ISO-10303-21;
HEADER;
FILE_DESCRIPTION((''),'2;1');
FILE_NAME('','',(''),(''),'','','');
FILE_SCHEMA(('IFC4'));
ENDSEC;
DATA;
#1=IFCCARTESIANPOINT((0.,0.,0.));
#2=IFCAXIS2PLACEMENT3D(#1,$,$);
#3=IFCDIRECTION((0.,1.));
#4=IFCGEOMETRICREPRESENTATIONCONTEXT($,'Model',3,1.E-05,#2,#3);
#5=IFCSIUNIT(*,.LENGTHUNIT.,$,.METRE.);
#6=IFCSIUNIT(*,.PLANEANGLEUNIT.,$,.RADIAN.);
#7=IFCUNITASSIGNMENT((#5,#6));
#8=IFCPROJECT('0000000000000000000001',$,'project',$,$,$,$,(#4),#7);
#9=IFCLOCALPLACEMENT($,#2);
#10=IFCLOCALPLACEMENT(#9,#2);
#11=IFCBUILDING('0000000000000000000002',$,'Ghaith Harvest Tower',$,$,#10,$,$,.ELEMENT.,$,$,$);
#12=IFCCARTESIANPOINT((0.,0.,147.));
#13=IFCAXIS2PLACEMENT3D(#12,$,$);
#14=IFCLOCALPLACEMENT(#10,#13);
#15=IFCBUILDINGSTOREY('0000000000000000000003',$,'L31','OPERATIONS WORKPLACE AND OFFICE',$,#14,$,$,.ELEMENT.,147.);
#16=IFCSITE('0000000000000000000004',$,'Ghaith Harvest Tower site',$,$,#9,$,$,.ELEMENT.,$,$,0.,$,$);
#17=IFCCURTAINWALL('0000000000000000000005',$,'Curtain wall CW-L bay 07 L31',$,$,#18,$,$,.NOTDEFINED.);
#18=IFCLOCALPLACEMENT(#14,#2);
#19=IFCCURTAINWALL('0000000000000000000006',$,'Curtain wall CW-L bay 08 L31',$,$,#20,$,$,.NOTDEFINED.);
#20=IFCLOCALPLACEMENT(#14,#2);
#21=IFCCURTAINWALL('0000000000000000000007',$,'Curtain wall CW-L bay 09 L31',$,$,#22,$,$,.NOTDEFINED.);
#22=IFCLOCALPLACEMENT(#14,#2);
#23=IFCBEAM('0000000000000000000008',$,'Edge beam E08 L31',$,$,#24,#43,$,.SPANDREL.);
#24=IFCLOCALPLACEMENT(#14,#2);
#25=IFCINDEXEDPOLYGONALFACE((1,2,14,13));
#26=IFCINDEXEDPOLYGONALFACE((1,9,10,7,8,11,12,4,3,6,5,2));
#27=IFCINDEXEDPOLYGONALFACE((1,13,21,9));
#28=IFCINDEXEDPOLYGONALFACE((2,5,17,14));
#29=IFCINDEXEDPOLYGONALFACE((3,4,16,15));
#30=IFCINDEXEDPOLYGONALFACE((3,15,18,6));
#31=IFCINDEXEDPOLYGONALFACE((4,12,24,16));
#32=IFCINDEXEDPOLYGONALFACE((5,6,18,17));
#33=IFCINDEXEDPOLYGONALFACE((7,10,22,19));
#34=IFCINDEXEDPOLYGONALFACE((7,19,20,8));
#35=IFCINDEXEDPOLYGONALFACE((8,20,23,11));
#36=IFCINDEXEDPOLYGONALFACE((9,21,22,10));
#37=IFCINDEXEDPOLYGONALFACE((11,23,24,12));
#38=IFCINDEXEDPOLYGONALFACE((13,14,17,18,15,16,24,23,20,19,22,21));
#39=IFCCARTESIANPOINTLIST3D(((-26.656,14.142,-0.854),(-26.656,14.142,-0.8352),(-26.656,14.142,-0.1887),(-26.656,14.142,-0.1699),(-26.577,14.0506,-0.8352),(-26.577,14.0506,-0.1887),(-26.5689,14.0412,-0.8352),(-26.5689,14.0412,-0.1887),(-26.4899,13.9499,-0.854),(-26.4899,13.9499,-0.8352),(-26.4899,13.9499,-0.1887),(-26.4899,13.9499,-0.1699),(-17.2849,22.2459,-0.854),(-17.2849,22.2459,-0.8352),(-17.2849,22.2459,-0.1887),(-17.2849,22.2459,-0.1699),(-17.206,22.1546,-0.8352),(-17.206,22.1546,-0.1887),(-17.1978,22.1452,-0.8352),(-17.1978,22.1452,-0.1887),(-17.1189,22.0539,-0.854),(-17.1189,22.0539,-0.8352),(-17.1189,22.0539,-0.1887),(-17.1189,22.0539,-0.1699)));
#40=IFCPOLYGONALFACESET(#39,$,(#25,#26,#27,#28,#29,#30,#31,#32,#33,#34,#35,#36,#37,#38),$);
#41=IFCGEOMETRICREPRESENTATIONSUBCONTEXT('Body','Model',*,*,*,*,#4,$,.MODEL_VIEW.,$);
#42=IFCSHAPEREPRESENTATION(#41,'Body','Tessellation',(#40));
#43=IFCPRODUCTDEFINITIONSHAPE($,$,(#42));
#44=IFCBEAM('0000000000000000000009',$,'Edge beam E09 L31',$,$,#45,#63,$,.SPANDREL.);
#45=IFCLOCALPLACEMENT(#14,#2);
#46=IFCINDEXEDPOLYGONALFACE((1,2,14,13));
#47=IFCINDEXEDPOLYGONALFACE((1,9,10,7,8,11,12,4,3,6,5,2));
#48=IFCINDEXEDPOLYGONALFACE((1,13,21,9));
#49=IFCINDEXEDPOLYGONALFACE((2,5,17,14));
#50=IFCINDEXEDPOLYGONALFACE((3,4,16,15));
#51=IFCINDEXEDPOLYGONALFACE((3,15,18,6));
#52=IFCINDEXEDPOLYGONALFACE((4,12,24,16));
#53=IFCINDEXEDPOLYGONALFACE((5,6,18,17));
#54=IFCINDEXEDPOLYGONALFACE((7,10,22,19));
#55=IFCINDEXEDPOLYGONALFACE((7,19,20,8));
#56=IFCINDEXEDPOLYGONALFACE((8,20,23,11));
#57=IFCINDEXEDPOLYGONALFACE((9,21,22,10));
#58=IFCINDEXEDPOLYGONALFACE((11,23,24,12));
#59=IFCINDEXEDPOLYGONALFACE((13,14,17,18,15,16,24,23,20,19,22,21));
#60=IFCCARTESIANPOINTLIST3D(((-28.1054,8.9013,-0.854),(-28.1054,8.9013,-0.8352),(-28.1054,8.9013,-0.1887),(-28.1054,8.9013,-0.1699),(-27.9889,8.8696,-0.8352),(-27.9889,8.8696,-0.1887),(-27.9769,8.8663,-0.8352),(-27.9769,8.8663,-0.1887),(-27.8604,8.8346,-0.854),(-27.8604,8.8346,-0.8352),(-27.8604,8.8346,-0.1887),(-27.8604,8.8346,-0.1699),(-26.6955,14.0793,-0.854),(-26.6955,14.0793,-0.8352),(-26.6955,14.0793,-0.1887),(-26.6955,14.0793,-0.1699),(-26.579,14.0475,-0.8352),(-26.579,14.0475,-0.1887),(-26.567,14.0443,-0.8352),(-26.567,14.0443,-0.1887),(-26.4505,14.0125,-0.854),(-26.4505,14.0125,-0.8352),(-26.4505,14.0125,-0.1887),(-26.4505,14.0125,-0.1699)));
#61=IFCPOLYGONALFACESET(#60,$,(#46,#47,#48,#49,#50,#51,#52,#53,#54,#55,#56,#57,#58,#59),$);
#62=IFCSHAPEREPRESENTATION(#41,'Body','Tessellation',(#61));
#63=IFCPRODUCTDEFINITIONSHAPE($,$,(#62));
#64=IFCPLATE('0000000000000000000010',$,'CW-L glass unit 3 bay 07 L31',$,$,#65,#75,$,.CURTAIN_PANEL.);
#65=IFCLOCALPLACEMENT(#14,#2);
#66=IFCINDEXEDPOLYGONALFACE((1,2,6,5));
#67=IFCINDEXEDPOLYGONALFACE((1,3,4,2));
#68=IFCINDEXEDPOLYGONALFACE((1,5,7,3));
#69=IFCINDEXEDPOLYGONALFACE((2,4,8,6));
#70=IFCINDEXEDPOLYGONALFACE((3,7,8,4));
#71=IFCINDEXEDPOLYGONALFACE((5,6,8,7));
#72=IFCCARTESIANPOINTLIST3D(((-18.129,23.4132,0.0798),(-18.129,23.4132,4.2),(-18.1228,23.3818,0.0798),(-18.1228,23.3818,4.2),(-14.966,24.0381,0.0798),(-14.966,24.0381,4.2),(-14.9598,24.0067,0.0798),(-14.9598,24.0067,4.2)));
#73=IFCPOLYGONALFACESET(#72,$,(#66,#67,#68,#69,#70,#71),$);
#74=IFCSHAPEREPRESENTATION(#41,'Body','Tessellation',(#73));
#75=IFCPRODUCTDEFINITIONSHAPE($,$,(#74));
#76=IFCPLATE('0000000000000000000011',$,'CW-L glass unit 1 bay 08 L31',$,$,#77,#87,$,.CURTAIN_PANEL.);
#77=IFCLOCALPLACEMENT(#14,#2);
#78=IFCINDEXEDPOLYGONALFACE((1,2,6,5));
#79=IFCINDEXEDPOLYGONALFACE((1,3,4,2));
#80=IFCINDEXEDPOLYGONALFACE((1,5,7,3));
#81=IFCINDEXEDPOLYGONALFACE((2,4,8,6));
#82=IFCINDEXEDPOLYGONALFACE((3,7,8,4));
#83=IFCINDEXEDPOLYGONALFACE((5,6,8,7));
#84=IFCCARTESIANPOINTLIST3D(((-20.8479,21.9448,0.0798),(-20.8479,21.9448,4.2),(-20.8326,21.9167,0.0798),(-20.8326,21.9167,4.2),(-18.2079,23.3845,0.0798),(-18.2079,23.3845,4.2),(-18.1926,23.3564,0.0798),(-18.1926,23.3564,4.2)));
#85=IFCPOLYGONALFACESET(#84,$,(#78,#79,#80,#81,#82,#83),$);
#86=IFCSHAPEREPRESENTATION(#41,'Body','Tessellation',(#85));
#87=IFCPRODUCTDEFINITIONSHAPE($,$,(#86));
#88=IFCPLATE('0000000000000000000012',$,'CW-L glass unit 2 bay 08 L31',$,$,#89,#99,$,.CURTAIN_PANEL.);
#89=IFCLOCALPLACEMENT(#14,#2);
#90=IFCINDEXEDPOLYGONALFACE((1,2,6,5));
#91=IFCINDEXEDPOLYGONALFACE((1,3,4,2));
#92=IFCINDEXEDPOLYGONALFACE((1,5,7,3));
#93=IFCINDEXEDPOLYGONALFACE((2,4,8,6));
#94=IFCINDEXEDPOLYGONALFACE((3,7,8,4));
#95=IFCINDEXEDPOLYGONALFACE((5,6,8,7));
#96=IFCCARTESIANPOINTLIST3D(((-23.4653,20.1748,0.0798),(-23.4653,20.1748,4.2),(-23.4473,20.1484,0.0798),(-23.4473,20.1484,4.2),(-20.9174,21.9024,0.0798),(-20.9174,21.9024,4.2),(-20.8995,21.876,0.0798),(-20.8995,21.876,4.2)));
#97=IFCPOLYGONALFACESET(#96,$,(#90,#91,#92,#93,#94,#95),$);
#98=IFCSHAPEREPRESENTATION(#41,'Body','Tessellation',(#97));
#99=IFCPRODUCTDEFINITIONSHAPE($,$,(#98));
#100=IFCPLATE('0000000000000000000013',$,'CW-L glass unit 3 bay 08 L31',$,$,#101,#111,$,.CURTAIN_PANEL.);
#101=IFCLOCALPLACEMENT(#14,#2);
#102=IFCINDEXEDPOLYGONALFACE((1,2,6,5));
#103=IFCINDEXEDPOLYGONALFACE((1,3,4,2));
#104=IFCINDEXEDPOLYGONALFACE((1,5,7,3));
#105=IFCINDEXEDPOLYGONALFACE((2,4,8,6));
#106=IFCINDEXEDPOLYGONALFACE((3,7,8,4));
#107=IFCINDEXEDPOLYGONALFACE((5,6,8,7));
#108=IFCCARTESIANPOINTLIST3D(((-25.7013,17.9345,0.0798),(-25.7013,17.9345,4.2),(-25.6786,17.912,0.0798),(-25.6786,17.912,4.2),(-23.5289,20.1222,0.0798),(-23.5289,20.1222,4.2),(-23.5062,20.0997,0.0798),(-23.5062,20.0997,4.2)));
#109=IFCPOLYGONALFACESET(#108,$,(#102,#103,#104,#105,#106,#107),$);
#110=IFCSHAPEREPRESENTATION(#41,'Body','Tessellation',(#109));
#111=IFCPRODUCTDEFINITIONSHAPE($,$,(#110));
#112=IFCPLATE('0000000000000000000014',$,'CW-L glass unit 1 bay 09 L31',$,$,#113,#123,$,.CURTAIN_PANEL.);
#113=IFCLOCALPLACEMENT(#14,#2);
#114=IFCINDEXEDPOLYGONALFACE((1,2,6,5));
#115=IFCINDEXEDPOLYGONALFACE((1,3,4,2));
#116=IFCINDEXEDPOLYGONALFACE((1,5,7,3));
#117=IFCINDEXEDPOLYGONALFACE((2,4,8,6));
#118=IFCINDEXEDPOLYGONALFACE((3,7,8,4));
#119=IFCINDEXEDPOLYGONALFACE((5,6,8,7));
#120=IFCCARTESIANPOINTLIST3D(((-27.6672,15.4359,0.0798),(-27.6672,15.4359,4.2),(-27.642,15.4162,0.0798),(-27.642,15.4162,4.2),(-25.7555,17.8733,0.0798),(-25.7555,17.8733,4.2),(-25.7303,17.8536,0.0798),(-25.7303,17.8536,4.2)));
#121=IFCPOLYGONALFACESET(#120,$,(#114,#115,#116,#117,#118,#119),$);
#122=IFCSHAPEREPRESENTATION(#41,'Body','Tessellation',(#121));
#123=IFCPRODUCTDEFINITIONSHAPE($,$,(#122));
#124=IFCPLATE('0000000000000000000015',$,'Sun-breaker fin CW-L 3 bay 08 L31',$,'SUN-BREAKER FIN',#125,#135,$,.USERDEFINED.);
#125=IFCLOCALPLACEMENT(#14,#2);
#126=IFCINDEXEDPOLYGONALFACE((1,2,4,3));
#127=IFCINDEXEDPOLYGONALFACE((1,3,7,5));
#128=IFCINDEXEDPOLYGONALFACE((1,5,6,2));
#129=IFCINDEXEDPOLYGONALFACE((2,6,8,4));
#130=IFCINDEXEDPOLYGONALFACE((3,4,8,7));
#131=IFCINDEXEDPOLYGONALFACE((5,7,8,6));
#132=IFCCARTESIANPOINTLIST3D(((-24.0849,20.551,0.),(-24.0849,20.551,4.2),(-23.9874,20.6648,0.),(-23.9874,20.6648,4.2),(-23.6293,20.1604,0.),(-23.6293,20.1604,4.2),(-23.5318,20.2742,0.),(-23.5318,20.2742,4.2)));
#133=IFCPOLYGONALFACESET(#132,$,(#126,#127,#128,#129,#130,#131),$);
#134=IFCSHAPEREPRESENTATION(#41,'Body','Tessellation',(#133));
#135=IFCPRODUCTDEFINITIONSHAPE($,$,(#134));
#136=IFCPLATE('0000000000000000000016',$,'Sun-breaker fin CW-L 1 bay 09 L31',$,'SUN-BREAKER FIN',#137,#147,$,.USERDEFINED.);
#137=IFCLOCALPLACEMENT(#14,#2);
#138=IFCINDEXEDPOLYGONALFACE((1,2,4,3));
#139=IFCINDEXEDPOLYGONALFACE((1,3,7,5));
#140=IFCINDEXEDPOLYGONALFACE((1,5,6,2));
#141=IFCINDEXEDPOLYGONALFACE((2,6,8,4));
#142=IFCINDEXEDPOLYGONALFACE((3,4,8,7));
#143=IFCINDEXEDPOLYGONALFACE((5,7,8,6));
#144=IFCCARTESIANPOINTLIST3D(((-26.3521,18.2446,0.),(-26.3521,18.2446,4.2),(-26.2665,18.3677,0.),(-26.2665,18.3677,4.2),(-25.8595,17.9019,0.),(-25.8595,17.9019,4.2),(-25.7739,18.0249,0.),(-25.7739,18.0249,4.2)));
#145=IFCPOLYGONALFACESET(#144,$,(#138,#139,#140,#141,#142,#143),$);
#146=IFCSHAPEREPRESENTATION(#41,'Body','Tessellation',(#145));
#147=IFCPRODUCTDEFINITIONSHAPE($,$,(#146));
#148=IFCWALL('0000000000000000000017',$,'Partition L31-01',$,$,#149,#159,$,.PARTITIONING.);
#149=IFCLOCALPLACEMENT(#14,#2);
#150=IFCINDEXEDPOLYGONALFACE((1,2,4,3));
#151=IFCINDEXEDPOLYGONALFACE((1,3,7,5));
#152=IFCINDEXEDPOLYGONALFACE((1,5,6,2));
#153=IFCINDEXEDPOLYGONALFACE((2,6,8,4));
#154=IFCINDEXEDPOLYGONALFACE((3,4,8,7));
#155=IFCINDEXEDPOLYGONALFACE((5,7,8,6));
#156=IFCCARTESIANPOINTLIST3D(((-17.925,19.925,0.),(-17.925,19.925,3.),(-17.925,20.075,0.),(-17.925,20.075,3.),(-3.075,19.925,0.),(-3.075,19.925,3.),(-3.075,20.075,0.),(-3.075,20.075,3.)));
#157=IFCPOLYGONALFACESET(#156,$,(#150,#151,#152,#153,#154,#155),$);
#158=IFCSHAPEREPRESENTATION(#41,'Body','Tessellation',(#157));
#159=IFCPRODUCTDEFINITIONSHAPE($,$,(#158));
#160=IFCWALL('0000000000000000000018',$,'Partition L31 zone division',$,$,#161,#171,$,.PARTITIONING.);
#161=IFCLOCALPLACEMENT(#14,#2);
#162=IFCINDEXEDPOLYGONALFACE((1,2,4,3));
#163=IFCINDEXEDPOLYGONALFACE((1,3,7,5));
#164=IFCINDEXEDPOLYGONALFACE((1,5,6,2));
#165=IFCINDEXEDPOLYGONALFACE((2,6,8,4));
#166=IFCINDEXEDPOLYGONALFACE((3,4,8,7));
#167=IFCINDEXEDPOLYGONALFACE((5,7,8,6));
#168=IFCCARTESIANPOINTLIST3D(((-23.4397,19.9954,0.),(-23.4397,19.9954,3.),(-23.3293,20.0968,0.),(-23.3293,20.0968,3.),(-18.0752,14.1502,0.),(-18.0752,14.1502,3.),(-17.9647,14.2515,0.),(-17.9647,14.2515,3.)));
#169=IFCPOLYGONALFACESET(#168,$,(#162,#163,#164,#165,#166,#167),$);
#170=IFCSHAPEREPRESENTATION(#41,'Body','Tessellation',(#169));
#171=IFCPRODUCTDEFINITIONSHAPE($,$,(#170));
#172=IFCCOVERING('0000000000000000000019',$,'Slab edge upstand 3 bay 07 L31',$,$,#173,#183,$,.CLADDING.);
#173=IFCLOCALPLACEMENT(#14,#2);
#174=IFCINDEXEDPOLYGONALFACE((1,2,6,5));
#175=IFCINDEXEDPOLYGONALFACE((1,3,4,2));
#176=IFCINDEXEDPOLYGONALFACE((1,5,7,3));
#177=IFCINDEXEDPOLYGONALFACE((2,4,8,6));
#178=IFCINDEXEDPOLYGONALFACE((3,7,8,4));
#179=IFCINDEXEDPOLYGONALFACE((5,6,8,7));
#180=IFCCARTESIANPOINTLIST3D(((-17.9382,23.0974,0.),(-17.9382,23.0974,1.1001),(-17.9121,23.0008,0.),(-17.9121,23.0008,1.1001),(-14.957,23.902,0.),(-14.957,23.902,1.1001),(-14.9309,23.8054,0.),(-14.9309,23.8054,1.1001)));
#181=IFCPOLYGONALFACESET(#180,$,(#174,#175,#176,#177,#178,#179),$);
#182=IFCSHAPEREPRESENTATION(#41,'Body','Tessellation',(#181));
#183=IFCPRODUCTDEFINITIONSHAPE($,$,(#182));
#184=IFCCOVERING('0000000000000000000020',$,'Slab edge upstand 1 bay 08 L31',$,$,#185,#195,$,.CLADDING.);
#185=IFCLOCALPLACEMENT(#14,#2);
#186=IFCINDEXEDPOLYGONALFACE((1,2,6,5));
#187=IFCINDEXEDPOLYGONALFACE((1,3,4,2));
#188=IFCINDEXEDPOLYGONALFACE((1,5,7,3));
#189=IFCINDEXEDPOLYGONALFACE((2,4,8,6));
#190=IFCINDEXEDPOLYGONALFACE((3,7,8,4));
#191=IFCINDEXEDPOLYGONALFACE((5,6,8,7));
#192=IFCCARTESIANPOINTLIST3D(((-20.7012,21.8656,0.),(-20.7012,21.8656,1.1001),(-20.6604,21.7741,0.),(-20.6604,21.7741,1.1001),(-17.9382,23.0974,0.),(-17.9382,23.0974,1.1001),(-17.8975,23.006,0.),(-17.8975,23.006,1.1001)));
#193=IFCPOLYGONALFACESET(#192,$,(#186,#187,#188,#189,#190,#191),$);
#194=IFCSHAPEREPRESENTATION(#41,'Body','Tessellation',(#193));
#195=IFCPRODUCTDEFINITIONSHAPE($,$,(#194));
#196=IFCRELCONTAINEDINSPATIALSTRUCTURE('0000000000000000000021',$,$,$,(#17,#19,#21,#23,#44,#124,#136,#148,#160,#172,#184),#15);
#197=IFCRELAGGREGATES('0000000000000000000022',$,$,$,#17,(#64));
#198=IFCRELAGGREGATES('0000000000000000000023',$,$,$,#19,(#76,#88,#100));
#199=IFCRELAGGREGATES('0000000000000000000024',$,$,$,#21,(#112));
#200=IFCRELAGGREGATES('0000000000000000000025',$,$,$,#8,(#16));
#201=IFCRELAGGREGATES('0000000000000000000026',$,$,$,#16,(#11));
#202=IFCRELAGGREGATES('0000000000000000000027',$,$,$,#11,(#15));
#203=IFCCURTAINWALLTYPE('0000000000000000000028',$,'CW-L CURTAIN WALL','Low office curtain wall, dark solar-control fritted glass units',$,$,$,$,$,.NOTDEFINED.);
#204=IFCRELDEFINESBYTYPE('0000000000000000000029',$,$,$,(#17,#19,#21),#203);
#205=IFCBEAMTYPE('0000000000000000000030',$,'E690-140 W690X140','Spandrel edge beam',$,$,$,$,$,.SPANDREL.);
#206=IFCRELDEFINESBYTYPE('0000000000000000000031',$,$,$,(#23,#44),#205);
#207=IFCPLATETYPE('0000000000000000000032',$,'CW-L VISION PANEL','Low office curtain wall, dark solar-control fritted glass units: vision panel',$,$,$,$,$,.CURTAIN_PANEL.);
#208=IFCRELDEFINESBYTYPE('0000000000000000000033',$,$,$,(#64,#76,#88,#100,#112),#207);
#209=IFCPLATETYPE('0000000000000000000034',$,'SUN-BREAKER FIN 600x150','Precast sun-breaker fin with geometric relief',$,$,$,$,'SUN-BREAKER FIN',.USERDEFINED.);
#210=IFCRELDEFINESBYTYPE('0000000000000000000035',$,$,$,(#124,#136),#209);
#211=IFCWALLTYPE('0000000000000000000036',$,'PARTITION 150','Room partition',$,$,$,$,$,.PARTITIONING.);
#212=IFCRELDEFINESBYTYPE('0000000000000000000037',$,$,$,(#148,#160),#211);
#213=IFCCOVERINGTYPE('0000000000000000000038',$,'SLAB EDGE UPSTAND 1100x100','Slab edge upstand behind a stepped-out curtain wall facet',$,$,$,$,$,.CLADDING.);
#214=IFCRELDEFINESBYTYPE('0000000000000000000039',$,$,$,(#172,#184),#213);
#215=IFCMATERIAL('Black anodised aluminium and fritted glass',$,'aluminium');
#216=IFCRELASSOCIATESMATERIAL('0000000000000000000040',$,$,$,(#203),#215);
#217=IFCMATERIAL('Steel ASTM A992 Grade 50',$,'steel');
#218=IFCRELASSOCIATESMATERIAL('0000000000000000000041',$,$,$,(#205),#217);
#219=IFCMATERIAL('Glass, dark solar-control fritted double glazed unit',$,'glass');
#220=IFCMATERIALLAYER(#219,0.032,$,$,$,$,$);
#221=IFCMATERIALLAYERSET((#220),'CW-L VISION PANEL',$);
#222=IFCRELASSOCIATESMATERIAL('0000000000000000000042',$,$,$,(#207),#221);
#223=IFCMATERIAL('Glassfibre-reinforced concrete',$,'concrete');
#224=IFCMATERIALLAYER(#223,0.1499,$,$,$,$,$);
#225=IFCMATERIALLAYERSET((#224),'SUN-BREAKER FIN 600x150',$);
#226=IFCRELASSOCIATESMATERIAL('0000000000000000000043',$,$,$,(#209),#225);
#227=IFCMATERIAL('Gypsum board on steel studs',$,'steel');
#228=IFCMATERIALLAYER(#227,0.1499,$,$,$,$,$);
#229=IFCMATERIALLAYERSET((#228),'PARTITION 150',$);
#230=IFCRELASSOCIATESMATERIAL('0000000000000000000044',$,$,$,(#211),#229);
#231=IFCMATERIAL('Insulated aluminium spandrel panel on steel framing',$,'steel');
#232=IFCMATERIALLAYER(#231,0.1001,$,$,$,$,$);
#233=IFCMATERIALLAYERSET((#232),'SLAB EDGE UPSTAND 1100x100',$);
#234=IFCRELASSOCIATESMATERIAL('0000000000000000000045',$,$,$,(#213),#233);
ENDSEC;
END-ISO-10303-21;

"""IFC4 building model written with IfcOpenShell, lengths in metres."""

from ifc_helpers import new_model, si_unit, direction, frame, frame_2d, origin, origin_2d, place, context, subcontext, project, spatial, rectangle, i_section, extrude, material, layer, layer_set, material_profile, profile_set, type_object, element, aggregate, save


model = new_model("IFC4")

# Units and contexts
model_context = context("Model", 3, precision=1e-05, world=origin(), true_north=direction((0.0, 1.0)))
body_context = subcontext(model_context, "Body", "Model", "MODEL_VIEW")
ifc_project = project(units=[si_unit("LENGTHUNIT", "METRE"), si_unit("PLANEANGLEUNIT", "RADIAN")], contexts=[model_context])

# Site, building, storey
site_placement = place(None, origin())
site = spatial("IfcSite", under=ifc_project, at=site_placement, Name="Ghaith Harvest Tower site", CompositionType="ELEMENT", RefElevation=0.0)
building_placement = place(site_placement, origin())
building = spatial("IfcBuilding", under=site, at=building_placement, Name="Ghaith Harvest Tower", CompositionType="ELEMENT")
storey_placement = place(building_placement, frame((0.0, 0.0, 147.0)))
storey = spatial("IfcBuildingStorey", under=building, at=storey_placement, Name="L31", Description="OPERATIONS WORKPLACE AND OFFICE", CompositionType="ELEMENT", Elevation=147.0)

# Curtain wall
ifc_material_1 = material(Name="Black anodised aluminium and fritted glass", Category="aluminium")
curtain_wall_type = type_object("IfcCurtainWallType", Name="CW-L CURTAIN WALL", Description="Low office curtain wall, dark solar-control fritted glass units", PredefinedType="NOTDEFINED", material=ifc_material_1)
curtain_wall_1_placement = place(storey_placement, origin())
curtain_wall_1 = element("IfcCurtainWall", 1, at=curtain_wall_1_placement, inside=storey, type_object=curtain_wall_type, Name="Curtain wall CW-L bay 07 L31", PredefinedType="NOTDEFINED")

# Curtain walls
curtain_wall_2_placement = place(storey_placement, origin())
curtain_wall_2 = element("IfcCurtainWall", 2, at=curtain_wall_2_placement, inside=storey, type_object=curtain_wall_type, Name="Curtain wall CW-L bay 08 L31", PredefinedType="NOTDEFINED")
curtain_wall_3_placement = place(storey_placement, origin())
curtain_wall_3 = element("IfcCurtainWall", 3, at=curtain_wall_3_placement, inside=storey, type_object=curtain_wall_type, Name="Curtain wall CW-L bay 09 L31", PredefinedType="NOTDEFINED")

# Beams
ifc_material_2 = material(Name="Steel ASTM A992 Grade 50", Category="steel")
ifc_material_profile_1 = material_profile(ifc_material_2, i_section(OverallWidth=0.2539, OverallDepth=0.6841, WebThickness=0.0125, FlangeThickness=0.0188, at=origin_2d()), Name="W690X140")
ifc_profile_set_1 = profile_set([ifc_material_profile_1], Name="Steel ASTM A992 Grade 50")
beam_type = type_object("IfcBeamType", Name="E690-140 W690X140", Description="Spandrel edge beam", PredefinedType="SPANDREL", material=ifc_profile_set_1)
beam_1_placement = place(storey_placement, frame((-17.2019, 22.1499, -0.512), z_axis=(-0.756392, -0.654118, 0.0), x_axis=(0.654118, -0.756392, 0.0)))
element("IfcBeam", 4, at=beam_1_placement, inside=storey, type_object=beam_type, Name="Edge beam E08 L31", PredefinedType="SPANDREL", context=body_context, shape_type="SweptSolid", body=[
    extrude(i_section(OverallWidth=0.2539, OverallDepth=0.6841, WebThickness=0.0125, FlangeThickness=0.0188, at=origin_2d()), origin(), (0.0, 0.0, 1.0), 12.3892),
])
beam_2_placement = place(storey_placement, frame((-26.573, 14.0459, -0.512), z_axis=(-0.262725, -0.964871, 0.0), x_axis=(0.964871, -0.262725, 0.0)))
element("IfcBeam", 5, at=beam_2_placement, inside=storey, type_object=beam_type, Name="Edge beam E09 L31", PredefinedType="SPANDREL", context=body_context, shape_type="SweptSolid", body=[
    extrude(i_section(OverallWidth=0.2539, OverallDepth=0.6841, WebThickness=0.0125, FlangeThickness=0.0188, at=origin_2d()), origin(), (0.0, 0.0, 1.0), 5.3665),
])

# Plates
ifc_material_3 = material(Name="Glass, dark solar-control fritted double glazed unit", Category="glass")
ifc_layer_1 = layer(ifc_material_3, 0.032)
ifc_layer_set_1 = layer_set([ifc_layer_1], Name="CW-L VISION PANEL")
plate_type_1 = type_object("IfcPlateType", Name="CW-L VISION PANEL", Description="Low office curtain wall, dark solar-control fritted glass units: vision panel", PredefinedType="CURTAIN_PANEL", material=ifc_layer_set_1)
plate_1_placement = place(storey_placement, frame((-16.5444, 23.71, 0.0798), z_axis=(0.0, 0.0, 1.0), x_axis=(-0.981038, -0.193818, 0.0)))
plate_1 = element("IfcPlate", 6, at=plate_1_placement, type_object=plate_type_1, Name="CW-L glass unit 3 bay 07 L31", PredefinedType="CURTAIN_PANEL", context=body_context, shape_type="SweptSolid", body=[
    extrude(rectangle(XDim=3.2241, YDim=0.032, at=origin_2d()), origin(), (0.0, 0.0, 1.0), 4.1201),
])
aggregate(curtain_wall_1, [plate_1])
plate_2_placement = place(storey_placement, frame((-19.5203, 22.6506, 0.0798), z_axis=(0.0, 0.0, 1.0), x_axis=(-0.87794, -0.47877, 0.0)))
plate_2 = element("IfcPlate", 7, at=plate_2_placement, type_object=plate_type_1, Name="CW-L glass unit 1 bay 08 L31", PredefinedType="CURTAIN_PANEL", context=body_context, shape_type="SweptSolid", body=[
    extrude(rectangle(XDim=3.0071, YDim=0.032, at=origin_2d()), origin(), (0.0, 0.0, 1.0), 4.1201),
])
plate_3_placement = place(storey_placement, frame((-22.1824, 21.0254, 0.0798), z_axis=(0.0, 0.0, 1.0), x_axis=(-0.827675, -0.561208, 0.0)))
plate_3 = element("IfcPlate", 8, at=plate_3_placement, type_object=plate_type_1, Name="CW-L glass unit 2 bay 08 L31", PredefinedType="CURTAIN_PANEL", context=body_context, shape_type="SweptSolid", body=[
    extrude(rectangle(XDim=3.0784, YDim=0.032, at=origin_2d()), origin(), (0.0, 0.0, 1.0), 4.1201),
])
plate_4_placement = place(storey_placement, frame((-24.6038, 19.0171, 0.0798), z_axis=(0.0, 0.0, 1.0), x_axis=(-0.704614, -0.709591, 0.0)))
plate_4 = element("IfcPlate", 9, at=plate_4_placement, type_object=plate_type_1, Name="CW-L glass unit 3 bay 08 L31", PredefinedType="CURTAIN_PANEL", context=body_context, shape_type="SweptSolid", body=[
    extrude(rectangle(XDim=3.083, YDim=0.032, at=origin_2d()), origin(), (0.0, 0.0, 1.0), 4.1201),
])
aggregate(curtain_wall_2, [plate_2, plate_3, plate_4])
plate_5_placement = place(storey_placement, frame((-26.6987, 16.6448, 0.0798), z_axis=(0.0, 0.0, 1.0), x_axis=(-0.617141, -0.786853, 0.0)))
plate_5 = element("IfcPlate", 10, at=plate_5_placement, type_object=plate_type_1, Name="CW-L glass unit 1 bay 09 L31", PredefinedType="CURTAIN_PANEL", context=body_context, shape_type="SweptSolid", body=[
    extrude(rectangle(XDim=3.0977, YDim=0.032, at=origin_2d()), origin(), (0.0, 0.0, 1.0), 4.1201),
])
aggregate(curtain_wall_3, [plate_5])

# Plates
ifc_material_4 = material(Name="Glassfibre-reinforced concrete", Category="concrete")
ifc_layer_2 = layer(ifc_material_4, 0.1499)
ifc_layer_set_2 = layer_set([ifc_layer_2], Name="SUN-BREAKER FIN 600x150")
plate_type_2 = type_object("IfcPlateType", Name="SUN-BREAKER FIN 600x150", Description="Precast sun-breaker fin with geometric relief", ElementType="SUN-BREAKER FIN", PredefinedType="USERDEFINED", material=ifc_layer_set_2)
for number, where, z_axis, x_axis, name in (
    (11, (-23.8083, 20.4126, 0.0), (0.0, 0.0, 1.0), (-0.75917, 0.650893, 0.0), "Sun-breaker fin CW-L 3 bay 08 L31"),
    (12, (-26.063, 18.1348, 0.0), (0.0, 0.0, 1.0), (-0.820845, 0.57115, 0.0), "Sun-breaker fin CW-L 1 bay 09 L31"),
):
    element("IfcPlate", number, at=place(storey_placement, frame(where, z_axis=z_axis, x_axis=x_axis)), inside=storey, type_object=plate_type_2, Name=name, ObjectType="SUN-BREAKER FIN", PredefinedType="USERDEFINED", context=body_context, shape_type="SweptSolid", body=[
        extrude(rectangle(XDim=0.6001, YDim=0.1499, at=origin_2d()), origin(), (0.0, 0.0, 1.0), 4.2),
    ])

# Walls
ifc_material_5 = material(Name="Gypsum board on steel studs", Category="steel")
ifc_layer_3 = layer(ifc_material_5, 0.1499)
ifc_layer_set_3 = layer_set([ifc_layer_3], Name="PARTITION 150")
wall_type = type_object("IfcWallType", Name="PARTITION 150", Description="Room partition", PredefinedType="PARTITIONING", material=ifc_layer_set_3)
wall_1_placement = place(storey_placement, frame((-17.925, 20.0, 0.0), z_axis=(0.0, 0.0, 1.0), x_axis=(1.0, 0.0, 0.0)))
element("IfcWall", 13, at=wall_1_placement, inside=storey, type_object=wall_type, Name="Partition L31-01", PredefinedType="PARTITIONING", context=body_context, shape_type="SweptSolid", body=[
    extrude(rectangle(XDim=14.8501, YDim=0.1499, at=frame_2d((7.425, 0.0))), origin(), (0.0, 0.0, 1.0), 3.0),
])
wall_2_placement = place(storey_placement, frame((-18.02, 14.2009, 0.0), z_axis=(0.0, 0.0, 1.0), x_axis=(-0.676162, 0.736753, 0.0)))
element("IfcWall", 14, at=wall_2_placement, inside=storey, type_object=wall_type, Name="Partition L31 zone division", PredefinedType="PARTITIONING", context=body_context, shape_type="SweptSolid", body=[
    extrude(rectangle(XDim=7.9338, YDim=0.1499, at=frame_2d((3.9668, 0.0))), origin(), (0.0, 0.0, 1.0), 3.0),
])

# Coverings
ifc_material_6 = material(Name="Insulated aluminium spandrel panel on steel framing", Category="steel")
ifc_layer_4 = layer(ifc_material_6, 0.1001)
ifc_layer_set_4 = layer_set([ifc_layer_4], Name="SLAB EDGE UPSTAND 1100x100")
covering_type = type_object("IfcCoveringType", Name="SLAB EDGE UPSTAND 1100x100", Description="Slab edge upstand behind a stepped-out curtain wall facet", PredefinedType="CLADDING", material=ifc_layer_set_4)
covering_1_placement = place(storey_placement, frame((-16.4346, 23.4514, 0.0), z_axis=(0.0, 0.0, 1.0), x_axis=(-0.965455, -0.26057, 0.0)))
element("IfcCovering", 15, at=covering_1_placement, inside=storey, type_object=covering_type, Name="Slab edge upstand 3 bay 07 L31", PredefinedType="CLADDING", context=body_context, shape_type="SweptSolid", body=[
    extrude(rectangle(XDim=3.0879, YDim=0.1001, at=origin_2d()), origin(), (0.0, 0.0, 1.0), 1.1001),
])
covering_2_placement = place(storey_placement, frame((-19.2993, 22.4358, 0.0), z_axis=(0.0, 0.0, 1.0), x_axis=(-0.913335, -0.40721, 0.0)))
element("IfcCovering", 16, at=covering_2_placement, inside=storey, type_object=covering_type, Name="Slab edge upstand 1 bay 08 L31", PredefinedType="CLADDING", context=body_context, shape_type="SweptSolid", body=[
    extrude(rectangle(XDim=3.0251, YDim=0.1001, at=origin_2d()), origin(), (0.0, 0.0, 1.0), 1.1001),
])

save(model, "model.ifc")
